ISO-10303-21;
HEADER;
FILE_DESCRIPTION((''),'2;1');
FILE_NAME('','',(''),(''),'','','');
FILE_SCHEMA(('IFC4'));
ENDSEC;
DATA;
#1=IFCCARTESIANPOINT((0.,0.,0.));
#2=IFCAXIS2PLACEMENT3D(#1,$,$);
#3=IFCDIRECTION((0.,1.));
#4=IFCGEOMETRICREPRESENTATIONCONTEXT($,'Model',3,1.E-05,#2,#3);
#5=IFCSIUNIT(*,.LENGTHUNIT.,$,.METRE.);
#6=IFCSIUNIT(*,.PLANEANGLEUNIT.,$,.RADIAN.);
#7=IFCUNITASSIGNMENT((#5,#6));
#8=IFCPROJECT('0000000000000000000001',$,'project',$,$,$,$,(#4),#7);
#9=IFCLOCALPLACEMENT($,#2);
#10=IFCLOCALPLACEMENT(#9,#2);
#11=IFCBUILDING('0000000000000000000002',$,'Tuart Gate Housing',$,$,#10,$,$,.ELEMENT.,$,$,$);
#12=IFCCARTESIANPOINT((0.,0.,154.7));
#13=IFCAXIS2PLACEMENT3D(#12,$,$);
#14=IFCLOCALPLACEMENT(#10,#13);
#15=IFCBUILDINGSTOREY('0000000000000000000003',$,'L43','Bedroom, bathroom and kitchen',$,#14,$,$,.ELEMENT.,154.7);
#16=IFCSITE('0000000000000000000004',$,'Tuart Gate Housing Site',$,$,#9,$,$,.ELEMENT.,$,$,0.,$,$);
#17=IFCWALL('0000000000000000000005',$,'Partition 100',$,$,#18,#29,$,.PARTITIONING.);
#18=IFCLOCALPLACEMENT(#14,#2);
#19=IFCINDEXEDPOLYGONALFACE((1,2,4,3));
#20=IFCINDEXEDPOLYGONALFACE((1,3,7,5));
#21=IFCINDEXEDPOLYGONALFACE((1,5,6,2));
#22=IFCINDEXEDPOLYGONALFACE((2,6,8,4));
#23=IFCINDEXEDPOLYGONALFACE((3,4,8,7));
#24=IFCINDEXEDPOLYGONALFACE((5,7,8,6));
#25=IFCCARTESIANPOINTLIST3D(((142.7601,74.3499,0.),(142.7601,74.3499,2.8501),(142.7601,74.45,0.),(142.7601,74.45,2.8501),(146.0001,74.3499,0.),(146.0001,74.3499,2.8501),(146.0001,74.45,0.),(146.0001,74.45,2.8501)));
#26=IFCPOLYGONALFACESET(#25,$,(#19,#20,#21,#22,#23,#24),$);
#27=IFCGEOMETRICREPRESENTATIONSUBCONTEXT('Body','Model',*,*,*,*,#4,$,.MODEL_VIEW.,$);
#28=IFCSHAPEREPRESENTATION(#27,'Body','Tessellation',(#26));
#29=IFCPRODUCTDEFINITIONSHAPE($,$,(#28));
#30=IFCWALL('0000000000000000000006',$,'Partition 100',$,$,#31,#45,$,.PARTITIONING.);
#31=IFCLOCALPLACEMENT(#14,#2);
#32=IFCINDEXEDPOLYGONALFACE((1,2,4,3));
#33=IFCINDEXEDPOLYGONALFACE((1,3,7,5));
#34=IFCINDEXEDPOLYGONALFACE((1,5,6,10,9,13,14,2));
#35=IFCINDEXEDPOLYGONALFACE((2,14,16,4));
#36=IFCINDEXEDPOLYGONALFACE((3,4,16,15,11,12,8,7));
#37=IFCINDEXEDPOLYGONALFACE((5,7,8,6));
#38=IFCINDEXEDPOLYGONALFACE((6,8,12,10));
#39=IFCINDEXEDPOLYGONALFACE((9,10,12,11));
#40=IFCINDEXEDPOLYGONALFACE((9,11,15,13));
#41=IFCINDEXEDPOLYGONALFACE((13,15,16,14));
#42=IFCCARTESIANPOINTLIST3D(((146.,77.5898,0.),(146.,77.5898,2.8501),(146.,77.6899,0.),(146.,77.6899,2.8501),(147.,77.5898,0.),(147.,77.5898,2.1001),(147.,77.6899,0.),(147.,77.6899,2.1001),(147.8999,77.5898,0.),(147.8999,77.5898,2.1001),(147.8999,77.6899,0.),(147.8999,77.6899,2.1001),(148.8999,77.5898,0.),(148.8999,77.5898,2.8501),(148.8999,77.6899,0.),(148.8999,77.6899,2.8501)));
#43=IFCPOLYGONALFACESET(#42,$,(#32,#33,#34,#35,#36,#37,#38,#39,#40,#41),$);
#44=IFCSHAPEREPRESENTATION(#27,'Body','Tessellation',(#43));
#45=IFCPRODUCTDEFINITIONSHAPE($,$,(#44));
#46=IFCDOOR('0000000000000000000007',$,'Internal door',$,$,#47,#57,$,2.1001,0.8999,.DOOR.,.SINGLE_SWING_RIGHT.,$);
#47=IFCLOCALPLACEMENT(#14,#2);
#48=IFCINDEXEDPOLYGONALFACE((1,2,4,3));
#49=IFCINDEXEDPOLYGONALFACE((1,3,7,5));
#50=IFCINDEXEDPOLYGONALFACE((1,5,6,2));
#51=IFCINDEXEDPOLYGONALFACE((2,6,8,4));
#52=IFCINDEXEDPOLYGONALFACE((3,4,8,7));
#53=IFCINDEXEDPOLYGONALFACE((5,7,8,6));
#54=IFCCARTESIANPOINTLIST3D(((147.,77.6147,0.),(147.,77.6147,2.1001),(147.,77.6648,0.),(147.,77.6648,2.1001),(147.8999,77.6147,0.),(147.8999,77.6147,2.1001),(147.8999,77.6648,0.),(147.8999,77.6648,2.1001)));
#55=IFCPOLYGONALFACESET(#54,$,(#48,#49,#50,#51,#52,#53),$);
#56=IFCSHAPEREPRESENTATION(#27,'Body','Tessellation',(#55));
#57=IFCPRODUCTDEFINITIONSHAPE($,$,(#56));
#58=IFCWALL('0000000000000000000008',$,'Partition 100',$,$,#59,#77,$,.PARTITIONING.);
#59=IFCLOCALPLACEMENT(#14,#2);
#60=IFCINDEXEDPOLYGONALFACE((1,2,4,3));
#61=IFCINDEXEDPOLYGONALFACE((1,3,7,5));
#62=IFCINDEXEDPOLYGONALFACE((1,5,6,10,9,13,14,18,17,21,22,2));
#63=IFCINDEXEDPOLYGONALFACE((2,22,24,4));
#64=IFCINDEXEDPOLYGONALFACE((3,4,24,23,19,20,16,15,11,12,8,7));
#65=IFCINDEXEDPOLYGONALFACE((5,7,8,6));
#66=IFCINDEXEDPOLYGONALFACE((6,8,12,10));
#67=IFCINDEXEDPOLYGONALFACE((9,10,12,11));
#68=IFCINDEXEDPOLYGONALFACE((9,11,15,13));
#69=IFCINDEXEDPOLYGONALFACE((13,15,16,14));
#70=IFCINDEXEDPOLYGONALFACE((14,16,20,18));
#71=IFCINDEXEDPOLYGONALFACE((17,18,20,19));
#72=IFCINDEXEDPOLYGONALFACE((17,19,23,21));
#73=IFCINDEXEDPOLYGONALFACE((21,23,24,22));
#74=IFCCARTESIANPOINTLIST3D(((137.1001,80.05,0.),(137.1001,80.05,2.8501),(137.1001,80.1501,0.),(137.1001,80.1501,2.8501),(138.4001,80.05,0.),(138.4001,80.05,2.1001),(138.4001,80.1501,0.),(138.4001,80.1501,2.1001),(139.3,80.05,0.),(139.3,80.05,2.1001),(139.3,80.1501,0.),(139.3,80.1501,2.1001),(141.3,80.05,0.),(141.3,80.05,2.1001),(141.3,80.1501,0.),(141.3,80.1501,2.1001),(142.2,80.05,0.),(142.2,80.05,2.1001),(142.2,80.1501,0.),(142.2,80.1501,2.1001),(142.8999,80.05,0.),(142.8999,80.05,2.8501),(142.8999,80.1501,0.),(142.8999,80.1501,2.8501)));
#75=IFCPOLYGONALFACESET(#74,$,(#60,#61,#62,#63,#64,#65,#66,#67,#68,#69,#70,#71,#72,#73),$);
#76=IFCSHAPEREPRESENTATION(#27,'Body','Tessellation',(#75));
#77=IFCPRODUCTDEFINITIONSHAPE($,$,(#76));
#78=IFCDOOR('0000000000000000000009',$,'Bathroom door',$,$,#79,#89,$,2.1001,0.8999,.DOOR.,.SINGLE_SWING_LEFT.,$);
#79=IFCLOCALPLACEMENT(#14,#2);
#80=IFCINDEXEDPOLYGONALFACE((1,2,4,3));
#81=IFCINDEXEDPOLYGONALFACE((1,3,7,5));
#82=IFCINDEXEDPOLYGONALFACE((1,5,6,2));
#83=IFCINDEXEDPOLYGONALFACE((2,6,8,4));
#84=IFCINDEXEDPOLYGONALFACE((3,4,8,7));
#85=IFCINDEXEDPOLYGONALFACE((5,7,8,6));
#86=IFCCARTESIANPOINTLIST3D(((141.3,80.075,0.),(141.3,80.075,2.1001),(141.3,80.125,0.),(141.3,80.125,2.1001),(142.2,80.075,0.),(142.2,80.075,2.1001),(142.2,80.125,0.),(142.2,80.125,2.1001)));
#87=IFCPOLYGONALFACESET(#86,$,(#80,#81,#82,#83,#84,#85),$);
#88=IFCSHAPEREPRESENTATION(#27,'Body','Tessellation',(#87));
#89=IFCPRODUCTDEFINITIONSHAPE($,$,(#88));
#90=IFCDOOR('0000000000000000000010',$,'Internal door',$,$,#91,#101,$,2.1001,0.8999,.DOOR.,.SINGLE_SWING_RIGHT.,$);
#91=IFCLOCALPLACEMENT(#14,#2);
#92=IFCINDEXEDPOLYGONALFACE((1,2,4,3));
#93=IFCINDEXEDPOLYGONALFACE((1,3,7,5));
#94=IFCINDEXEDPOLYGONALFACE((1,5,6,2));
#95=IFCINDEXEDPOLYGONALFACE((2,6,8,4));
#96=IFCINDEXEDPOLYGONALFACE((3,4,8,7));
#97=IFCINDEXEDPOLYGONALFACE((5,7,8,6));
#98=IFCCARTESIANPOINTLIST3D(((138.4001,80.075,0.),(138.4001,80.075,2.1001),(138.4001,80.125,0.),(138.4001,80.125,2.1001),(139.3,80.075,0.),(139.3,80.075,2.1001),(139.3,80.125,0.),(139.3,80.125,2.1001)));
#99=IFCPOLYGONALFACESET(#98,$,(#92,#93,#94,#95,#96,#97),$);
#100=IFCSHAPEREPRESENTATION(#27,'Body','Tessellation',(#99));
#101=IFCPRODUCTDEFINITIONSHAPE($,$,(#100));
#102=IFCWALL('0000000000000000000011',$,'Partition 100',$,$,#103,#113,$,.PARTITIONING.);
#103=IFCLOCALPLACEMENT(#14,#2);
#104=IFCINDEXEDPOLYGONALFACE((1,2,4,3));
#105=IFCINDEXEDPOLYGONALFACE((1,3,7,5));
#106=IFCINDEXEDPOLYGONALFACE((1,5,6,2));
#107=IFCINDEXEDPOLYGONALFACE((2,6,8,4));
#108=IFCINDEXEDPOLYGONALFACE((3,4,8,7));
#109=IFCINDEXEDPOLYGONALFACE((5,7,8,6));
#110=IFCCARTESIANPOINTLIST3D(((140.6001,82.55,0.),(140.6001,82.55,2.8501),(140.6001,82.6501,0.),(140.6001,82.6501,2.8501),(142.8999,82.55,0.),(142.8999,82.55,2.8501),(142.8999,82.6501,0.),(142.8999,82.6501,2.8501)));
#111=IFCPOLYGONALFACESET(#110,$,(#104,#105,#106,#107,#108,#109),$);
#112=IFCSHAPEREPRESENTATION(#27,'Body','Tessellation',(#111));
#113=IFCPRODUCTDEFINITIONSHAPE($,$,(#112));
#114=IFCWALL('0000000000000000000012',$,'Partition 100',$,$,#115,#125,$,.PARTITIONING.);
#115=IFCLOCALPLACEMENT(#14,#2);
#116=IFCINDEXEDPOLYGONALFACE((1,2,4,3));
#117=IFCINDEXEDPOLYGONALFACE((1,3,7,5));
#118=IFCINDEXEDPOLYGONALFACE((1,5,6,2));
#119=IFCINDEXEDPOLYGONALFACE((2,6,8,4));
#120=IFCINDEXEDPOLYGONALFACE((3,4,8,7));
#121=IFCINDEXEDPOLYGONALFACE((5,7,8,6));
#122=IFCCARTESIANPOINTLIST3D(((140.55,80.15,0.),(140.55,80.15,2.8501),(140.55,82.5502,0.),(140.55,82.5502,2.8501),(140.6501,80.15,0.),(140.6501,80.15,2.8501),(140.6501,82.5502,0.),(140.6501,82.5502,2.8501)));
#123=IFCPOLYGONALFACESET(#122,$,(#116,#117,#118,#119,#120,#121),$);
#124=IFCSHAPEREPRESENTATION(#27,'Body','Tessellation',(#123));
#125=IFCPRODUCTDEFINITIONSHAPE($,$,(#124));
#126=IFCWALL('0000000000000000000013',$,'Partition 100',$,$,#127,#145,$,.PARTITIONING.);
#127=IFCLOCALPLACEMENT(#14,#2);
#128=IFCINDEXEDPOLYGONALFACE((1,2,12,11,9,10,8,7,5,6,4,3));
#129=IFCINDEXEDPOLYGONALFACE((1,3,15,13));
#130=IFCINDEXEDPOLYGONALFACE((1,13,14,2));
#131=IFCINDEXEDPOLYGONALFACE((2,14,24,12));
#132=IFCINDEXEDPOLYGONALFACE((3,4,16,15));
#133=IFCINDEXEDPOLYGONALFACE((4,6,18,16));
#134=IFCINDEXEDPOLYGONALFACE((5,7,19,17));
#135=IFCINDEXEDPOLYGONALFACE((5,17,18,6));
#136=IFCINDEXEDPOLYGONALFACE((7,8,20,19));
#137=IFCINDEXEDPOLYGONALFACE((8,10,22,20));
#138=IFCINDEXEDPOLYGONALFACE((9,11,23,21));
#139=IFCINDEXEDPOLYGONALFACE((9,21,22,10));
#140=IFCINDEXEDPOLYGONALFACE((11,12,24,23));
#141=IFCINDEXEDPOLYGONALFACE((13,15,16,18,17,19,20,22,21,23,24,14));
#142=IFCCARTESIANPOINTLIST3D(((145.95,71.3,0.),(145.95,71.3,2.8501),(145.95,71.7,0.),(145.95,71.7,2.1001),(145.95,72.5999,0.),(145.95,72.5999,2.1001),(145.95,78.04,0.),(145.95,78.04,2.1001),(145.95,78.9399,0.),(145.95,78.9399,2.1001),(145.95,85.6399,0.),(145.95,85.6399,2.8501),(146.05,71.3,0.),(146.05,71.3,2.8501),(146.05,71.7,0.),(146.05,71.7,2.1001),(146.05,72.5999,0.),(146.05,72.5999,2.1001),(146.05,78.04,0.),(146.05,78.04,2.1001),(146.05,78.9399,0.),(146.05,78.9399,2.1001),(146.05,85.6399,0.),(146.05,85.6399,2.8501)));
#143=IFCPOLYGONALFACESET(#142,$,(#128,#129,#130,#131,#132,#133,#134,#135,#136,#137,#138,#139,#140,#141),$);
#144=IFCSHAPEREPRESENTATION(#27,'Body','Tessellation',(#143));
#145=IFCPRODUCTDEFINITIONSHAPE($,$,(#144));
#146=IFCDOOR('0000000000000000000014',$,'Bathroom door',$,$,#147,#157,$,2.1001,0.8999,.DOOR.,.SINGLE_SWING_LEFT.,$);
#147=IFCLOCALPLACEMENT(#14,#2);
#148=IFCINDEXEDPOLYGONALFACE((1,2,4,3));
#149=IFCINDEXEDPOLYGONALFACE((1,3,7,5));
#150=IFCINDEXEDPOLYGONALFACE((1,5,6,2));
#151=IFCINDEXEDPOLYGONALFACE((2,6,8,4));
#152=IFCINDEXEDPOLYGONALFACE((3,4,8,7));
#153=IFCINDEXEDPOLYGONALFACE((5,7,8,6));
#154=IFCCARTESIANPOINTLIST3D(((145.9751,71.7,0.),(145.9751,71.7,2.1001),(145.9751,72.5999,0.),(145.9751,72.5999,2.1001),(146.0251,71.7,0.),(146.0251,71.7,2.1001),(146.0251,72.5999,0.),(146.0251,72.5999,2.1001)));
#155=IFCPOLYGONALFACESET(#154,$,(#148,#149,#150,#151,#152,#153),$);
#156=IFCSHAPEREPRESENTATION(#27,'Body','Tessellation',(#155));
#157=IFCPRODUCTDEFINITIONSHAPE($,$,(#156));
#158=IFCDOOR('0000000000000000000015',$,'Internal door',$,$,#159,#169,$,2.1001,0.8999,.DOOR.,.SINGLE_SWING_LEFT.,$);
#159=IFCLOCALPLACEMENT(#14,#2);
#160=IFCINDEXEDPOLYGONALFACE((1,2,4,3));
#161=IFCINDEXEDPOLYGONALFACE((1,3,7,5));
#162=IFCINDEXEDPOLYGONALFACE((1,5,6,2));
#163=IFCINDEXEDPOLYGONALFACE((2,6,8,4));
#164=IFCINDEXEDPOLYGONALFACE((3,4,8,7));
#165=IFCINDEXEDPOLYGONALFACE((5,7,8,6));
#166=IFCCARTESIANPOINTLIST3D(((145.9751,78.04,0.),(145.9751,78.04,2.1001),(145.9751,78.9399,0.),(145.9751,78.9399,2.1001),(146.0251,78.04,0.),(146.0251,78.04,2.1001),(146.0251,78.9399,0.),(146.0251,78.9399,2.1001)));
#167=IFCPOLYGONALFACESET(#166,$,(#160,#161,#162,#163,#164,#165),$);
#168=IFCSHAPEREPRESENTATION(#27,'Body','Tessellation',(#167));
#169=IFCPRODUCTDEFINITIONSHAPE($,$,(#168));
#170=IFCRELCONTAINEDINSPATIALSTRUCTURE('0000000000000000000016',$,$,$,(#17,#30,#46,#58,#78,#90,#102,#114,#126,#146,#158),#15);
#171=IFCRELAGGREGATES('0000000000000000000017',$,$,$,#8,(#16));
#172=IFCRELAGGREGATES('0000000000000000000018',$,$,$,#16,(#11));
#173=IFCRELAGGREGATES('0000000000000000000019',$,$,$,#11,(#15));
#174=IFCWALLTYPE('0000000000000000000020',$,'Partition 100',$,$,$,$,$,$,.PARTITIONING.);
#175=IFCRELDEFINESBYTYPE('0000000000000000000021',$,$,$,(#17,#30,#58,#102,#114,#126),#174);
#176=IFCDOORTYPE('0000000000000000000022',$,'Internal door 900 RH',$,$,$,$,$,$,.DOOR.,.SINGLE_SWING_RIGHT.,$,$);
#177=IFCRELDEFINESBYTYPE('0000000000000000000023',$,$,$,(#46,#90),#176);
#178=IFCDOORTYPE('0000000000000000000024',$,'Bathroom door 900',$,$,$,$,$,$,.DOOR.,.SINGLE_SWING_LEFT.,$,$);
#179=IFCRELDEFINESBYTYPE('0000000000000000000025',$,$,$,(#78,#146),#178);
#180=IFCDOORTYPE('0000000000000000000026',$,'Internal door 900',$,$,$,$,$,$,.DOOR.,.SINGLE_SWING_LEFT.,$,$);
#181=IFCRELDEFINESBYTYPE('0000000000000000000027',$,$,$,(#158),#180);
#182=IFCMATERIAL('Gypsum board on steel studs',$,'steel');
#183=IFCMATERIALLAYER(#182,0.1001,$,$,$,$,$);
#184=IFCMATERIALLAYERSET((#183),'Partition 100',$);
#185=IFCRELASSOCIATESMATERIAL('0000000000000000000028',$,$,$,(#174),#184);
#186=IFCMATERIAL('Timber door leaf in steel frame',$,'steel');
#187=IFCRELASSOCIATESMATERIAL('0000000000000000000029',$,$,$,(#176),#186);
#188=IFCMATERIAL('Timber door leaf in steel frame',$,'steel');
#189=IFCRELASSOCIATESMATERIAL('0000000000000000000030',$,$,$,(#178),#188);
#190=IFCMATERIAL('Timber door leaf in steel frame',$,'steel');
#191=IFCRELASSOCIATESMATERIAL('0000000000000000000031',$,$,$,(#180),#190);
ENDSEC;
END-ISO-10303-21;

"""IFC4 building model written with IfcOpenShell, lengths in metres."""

from ifc_helpers import new_model, si_unit, direction, frame, frame_2d, origin, place, context, subcontext, project, spatial, rectangle, extrude, material, layer, layer_set, type_object, element, fill, save


model = new_model("IFC4")

# Units and contexts
model_context = context("Model", 3, precision=1e-05, world=origin(), true_north=direction((0.0, 1.0)))
body_context = subcontext(model_context, "Body", "Model", "MODEL_VIEW")
ifc_project = project(units=[si_unit("LENGTHUNIT", "METRE"), si_unit("PLANEANGLEUNIT", "RADIAN")], contexts=[model_context])

# Site, building, storey
site_placement = place(None, origin())
site = spatial("IfcSite", under=ifc_project, at=site_placement, Name="Tuart Gate Housing Site", CompositionType="ELEMENT", RefElevation=0.0)
building_placement = place(site_placement, origin())
building = spatial("IfcBuilding", under=site, at=building_placement, Name="Tuart Gate Housing", CompositionType="ELEMENT")
storey_placement = place(building_placement, frame((0.0, 0.0, 154.7)))
storey = spatial("IfcBuildingStorey", under=building, at=storey_placement, Name="L43", Description="Bedroom, bathroom and kitchen", CompositionType="ELEMENT", Elevation=154.7)

# Wall
ifc_material_1 = material(Name="Gypsum board on steel studs", Category="steel")
ifc_layer_1 = layer(ifc_material_1, 0.1001)
ifc_layer_set_1 = layer_set([ifc_layer_1], Name="Partition 100")
wall_type_1 = type_object("IfcWallType", Name="Partition 100", PredefinedType="PARTITIONING", material=ifc_layer_set_1)
wall_1_placement = place(storey_placement, frame((142.76, 74.3999, 0.0), z_axis=(0.0, 0.0, 1.0), x_axis=(1.0, 0.0, 0.0)))
element("IfcWall", 1, at=wall_1_placement, inside=storey, type_object=wall_type_1, Name="Partition 100", PredefinedType="PARTITIONING", context=body_context, shape_type="SweptSolid", body=[
    extrude(rectangle(XDim=3.24, YDim=0.1001, at=frame_2d((1.6201, 0.0))), origin(), (0.0, 0.0, 1.0), 2.8501),
])

# Wall, opening, door
wall_2_placement = place(storey_placement, frame((146.0, 77.6399, 0.0), z_axis=(0.0, 0.0, 1.0), x_axis=(1.0, 0.0, 0.0)))
wall_2 = element("IfcWall", 2, at=wall_2_placement, inside=storey, type_object=wall_type_1, Name="Partition 100", PredefinedType="PARTITIONING", context=body_context, shape_type="SweptSolid", body=[
    extrude(rectangle(XDim=2.8999, YDim=0.1001, at=frame_2d((1.45, 0.0))), origin(), (0.0, 0.0, 1.0), 2.8501),
])
opening_1_placement = place(wall_2_placement, frame((1.0, 0.0, 0.0)))
opening_1 = element("IfcOpeningElement", 3, at=opening_1_placement, cuts=wall_2, PredefinedType="OPENING", context=body_context, shape_type="SweptSolid", body=[
    extrude(rectangle(XDim=0.8999, YDim=2.1001, at=frame_2d((0.45, 1.05))), frame((0.0, 0.0601, 0.0), z_axis=(0.0, -1.0, 0.0), x_axis=(1.0, 0.0, 0.0)), (0.0, 0.0, 1.0), 0.1201),
])
ifc_material_2 = material(Name="Timber door leaf in steel frame", Category="steel")
door_type_1 = type_object("IfcDoorType", Name="Internal door 900 RH", OperationType="SINGLE_SWING_RIGHT", PredefinedType="DOOR", material=ifc_material_2)
door_1_placement = place(opening_1_placement, frame((0.8999, 0.0, 0.0), z_axis=(0.0, 0.0, 1.0), x_axis=(-1.0, 0.0, 0.0)))
door_1 = element("IfcDoor", 4, at=door_1_placement, inside=storey, type_object=door_type_1, Name="Internal door", OperationType="SINGLE_SWING_RIGHT", OverallHeight=2.1001, OverallWidth=0.8999, PredefinedType="DOOR", context=body_context, shape_type="SweptSolid", body=[
    extrude(rectangle(XDim=0.8999, YDim=2.1001, at=frame_2d((0.45, 1.05))), frame((0.0, 0.0251, 0.0), z_axis=(0.0, -1.0, 0.0), x_axis=(1.0, 0.0, 0.0)), (0.0, 0.0, 1.0), 0.05),
])
fill(opening_1, door_1)

# Wall, openings, doors
wall_3_placement = place(storey_placement, frame((137.1001, 80.1001, 0.0), z_axis=(0.0, 0.0, 1.0), x_axis=(1.0, 0.0, 0.0)))
wall_3 = element("IfcWall", 5, at=wall_3_placement, inside=storey, type_object=wall_type_1, Name="Partition 100", PredefinedType="PARTITIONING", context=body_context, shape_type="SweptSolid", body=[
    extrude(rectangle(XDim=5.7998, YDim=0.1001, at=frame_2d((2.8999, 0.0))), origin(), (0.0, 0.0, 1.0), 2.8501),
])
opening_2_placement = place(wall_3_placement, frame((1.3, 0.0, 0.0)))
opening_2 = element("IfcOpeningElement", 6, at=opening_2_placement, cuts=wall_3, PredefinedType="OPENING", context=body_context, shape_type="SweptSolid", body=[
    extrude(rectangle(XDim=0.8999, YDim=2.1001, at=frame_2d((0.45, 1.05))), frame((0.0, 0.0601, 0.0), z_axis=(0.0, -1.0, 0.0), x_axis=(1.0, 0.0, 0.0)), (0.0, 0.0, 1.0), 0.1201),
])
opening_3_placement = place(wall_3_placement, frame((4.2, 0.0, 0.0)))
opening_3 = element("IfcOpeningElement", 7, at=opening_3_placement, cuts=wall_3, PredefinedType="OPENING", context=body_context, shape_type="SweptSolid", body=[
    extrude(rectangle(XDim=0.8999, YDim=2.1001, at=frame_2d((0.45, 1.05))), frame((0.0, 0.0601, 0.0), z_axis=(0.0, -1.0, 0.0), x_axis=(1.0, 0.0, 0.0)), (0.0, 0.0, 1.0), 0.1201),
])
ifc_material_3 = material(Name="Timber door leaf in steel frame", Category="steel")
door_type_2 = type_object("IfcDoorType", Name="Bathroom door 900", OperationType="SINGLE_SWING_LEFT", PredefinedType="DOOR", material=ifc_material_3)
door_2_placement = place(opening_3_placement, origin())
door_2 = element("IfcDoor", 8, at=door_2_placement, inside=storey, type_object=door_type_2, Name="Bathroom door", OperationType="SINGLE_SWING_LEFT", OverallHeight=2.1001, OverallWidth=0.8999, PredefinedType="DOOR", context=body_context, shape_type="SweptSolid", body=[
    extrude(rectangle(XDim=0.8999, YDim=2.1001, at=frame_2d((0.45, 1.05))), frame((0.0, 0.0249, 0.0), z_axis=(0.0, -1.0, 0.0), x_axis=(1.0, 0.0, 0.0)), (0.0, 0.0, 1.0), 0.05),
])
fill(opening_3, door_2)
door_3_placement = place(opening_2_placement, frame((0.8999, 0.0, 0.0), z_axis=(0.0, 0.0, 1.0), x_axis=(-1.0, 0.0, 0.0)))
door_3 = element("IfcDoor", 9, at=door_3_placement, inside=storey, type_object=door_type_1, Name="Internal door", OperationType="SINGLE_SWING_RIGHT", OverallHeight=2.1001, OverallWidth=0.8999, PredefinedType="DOOR", context=body_context, shape_type="SweptSolid", body=[
    extrude(rectangle(XDim=0.8999, YDim=2.1001, at=frame_2d((0.45, 1.05))), frame((0.0, 0.0251, 0.0), z_axis=(0.0, -1.0, 0.0), x_axis=(1.0, 0.0, 0.0)), (0.0, 0.0, 1.0), 0.05),
])
fill(opening_2, door_3)

# Walls
wall_4_placement = place(storey_placement, frame((140.6001, 82.6001, 0.0), z_axis=(0.0, 0.0, 1.0), x_axis=(1.0, 0.0, 0.0)))
element("IfcWall", 10, at=wall_4_placement, inside=storey, type_object=wall_type_1, Name="Partition 100", PredefinedType="PARTITIONING", context=body_context, shape_type="SweptSolid", body=[
    extrude(rectangle(XDim=2.2998, YDim=0.1001, at=frame_2d((1.1499, 0.0))), origin(), (0.0, 0.0, 1.0), 2.8501),
])
wall_5_placement = place(storey_placement, frame((140.6001, 80.1499, 0.0), z_axis=(0.0, 0.0, 1.0), x_axis=(0.0, 1.0, 0.0)))
element("IfcWall", 11, at=wall_5_placement, inside=storey, type_object=wall_type_1, Name="Partition 100", PredefinedType="PARTITIONING", context=body_context, shape_type="SweptSolid", body=[
    extrude(rectangle(XDim=2.4001, YDim=0.1001, at=frame_2d((1.2002, 0.0))), origin(), (0.0, 0.0, 1.0), 2.8501),
])

# Wall, openings, doors
wall_6_placement = place(storey_placement, frame((146.0, 71.3, 0.0), z_axis=(0.0, 0.0, 1.0), x_axis=(0.0, 1.0, 0.0)))
wall_6 = element("IfcWall", 12, at=wall_6_placement, inside=storey, type_object=wall_type_1, Name="Partition 100", PredefinedType="PARTITIONING", context=body_context, shape_type="SweptSolid", body=[
    extrude(rectangle(XDim=14.3398, YDim=0.1001, at=frame_2d((7.1699, 0.0))), origin(), (0.0, 0.0, 1.0), 2.8501),
])
opening_4_placement = place(wall_6_placement, frame((6.74, 0.0, 0.0)))
opening_4 = element("IfcOpeningElement", 13, at=opening_4_placement, cuts=wall_6, PredefinedType="OPENING", context=body_context, shape_type="SweptSolid", body=[
    extrude(rectangle(XDim=0.8999, YDim=2.1001, at=frame_2d((0.45, 1.05))), frame((0.0, 0.0601, 0.0), z_axis=(0.0, -1.0, 0.0), x_axis=(1.0, 0.0, 0.0)), (0.0, 0.0, 1.0), 0.1201),
])
opening_5_placement = place(wall_6_placement, frame((0.3999, 0.0, 0.0)))
opening_5 = element("IfcOpeningElement", 14, at=opening_5_placement, cuts=wall_6, PredefinedType="OPENING", context=body_context, shape_type="SweptSolid", body=[
    extrude(rectangle(XDim=0.8999, YDim=2.1001, at=frame_2d((0.45, 1.05))), frame((0.0, 0.0601, 0.0), z_axis=(0.0, -1.0, 0.0), x_axis=(1.0, 0.0, 0.0)), (0.0, 0.0, 1.0), 0.1201),
])
door_4_placement = place(opening_5_placement, origin())
door_4 = element("IfcDoor", 15, at=door_4_placement, inside=storey, type_object=door_type_2, Name="Bathroom door", OperationType="SINGLE_SWING_LEFT", OverallHeight=2.1001, OverallWidth=0.8999, PredefinedType="DOOR", context=body_context, shape_type="SweptSolid", body=[
    extrude(rectangle(XDim=0.8999, YDim=2.1001, at=frame_2d((0.45, 1.05))), frame((0.0, 0.0249, 0.0), z_axis=(0.0, -1.0, 0.0), x_axis=(1.0, 0.0, 0.0)), (0.0, 0.0, 1.0), 0.05),
])
fill(opening_5, door_4)
ifc_material_4 = material(Name="Timber door leaf in steel frame", Category="steel")
door_type_3 = type_object("IfcDoorType", Name="Internal door 900", OperationType="SINGLE_SWING_LEFT", PredefinedType="DOOR", material=ifc_material_4)
door_5_placement = place(opening_4_placement, origin())
door_5 = element("IfcDoor", 16, at=door_5_placement, inside=storey, type_object=door_type_3, Name="Internal door", OperationType="SINGLE_SWING_LEFT", OverallHeight=2.1001, OverallWidth=0.8999, PredefinedType="DOOR", context=body_context, shape_type="SweptSolid", body=[
    extrude(rectangle(XDim=0.8999, YDim=2.1001, at=frame_2d((0.45, 1.05))), frame((0.0, 0.0249, 0.0), z_axis=(0.0, -1.0, 0.0), x_axis=(1.0, 0.0, 0.0)), (0.0, 0.0, 1.0), 0.05),
])
fill(opening_4, door_5)

save(model, "model.ifc")
